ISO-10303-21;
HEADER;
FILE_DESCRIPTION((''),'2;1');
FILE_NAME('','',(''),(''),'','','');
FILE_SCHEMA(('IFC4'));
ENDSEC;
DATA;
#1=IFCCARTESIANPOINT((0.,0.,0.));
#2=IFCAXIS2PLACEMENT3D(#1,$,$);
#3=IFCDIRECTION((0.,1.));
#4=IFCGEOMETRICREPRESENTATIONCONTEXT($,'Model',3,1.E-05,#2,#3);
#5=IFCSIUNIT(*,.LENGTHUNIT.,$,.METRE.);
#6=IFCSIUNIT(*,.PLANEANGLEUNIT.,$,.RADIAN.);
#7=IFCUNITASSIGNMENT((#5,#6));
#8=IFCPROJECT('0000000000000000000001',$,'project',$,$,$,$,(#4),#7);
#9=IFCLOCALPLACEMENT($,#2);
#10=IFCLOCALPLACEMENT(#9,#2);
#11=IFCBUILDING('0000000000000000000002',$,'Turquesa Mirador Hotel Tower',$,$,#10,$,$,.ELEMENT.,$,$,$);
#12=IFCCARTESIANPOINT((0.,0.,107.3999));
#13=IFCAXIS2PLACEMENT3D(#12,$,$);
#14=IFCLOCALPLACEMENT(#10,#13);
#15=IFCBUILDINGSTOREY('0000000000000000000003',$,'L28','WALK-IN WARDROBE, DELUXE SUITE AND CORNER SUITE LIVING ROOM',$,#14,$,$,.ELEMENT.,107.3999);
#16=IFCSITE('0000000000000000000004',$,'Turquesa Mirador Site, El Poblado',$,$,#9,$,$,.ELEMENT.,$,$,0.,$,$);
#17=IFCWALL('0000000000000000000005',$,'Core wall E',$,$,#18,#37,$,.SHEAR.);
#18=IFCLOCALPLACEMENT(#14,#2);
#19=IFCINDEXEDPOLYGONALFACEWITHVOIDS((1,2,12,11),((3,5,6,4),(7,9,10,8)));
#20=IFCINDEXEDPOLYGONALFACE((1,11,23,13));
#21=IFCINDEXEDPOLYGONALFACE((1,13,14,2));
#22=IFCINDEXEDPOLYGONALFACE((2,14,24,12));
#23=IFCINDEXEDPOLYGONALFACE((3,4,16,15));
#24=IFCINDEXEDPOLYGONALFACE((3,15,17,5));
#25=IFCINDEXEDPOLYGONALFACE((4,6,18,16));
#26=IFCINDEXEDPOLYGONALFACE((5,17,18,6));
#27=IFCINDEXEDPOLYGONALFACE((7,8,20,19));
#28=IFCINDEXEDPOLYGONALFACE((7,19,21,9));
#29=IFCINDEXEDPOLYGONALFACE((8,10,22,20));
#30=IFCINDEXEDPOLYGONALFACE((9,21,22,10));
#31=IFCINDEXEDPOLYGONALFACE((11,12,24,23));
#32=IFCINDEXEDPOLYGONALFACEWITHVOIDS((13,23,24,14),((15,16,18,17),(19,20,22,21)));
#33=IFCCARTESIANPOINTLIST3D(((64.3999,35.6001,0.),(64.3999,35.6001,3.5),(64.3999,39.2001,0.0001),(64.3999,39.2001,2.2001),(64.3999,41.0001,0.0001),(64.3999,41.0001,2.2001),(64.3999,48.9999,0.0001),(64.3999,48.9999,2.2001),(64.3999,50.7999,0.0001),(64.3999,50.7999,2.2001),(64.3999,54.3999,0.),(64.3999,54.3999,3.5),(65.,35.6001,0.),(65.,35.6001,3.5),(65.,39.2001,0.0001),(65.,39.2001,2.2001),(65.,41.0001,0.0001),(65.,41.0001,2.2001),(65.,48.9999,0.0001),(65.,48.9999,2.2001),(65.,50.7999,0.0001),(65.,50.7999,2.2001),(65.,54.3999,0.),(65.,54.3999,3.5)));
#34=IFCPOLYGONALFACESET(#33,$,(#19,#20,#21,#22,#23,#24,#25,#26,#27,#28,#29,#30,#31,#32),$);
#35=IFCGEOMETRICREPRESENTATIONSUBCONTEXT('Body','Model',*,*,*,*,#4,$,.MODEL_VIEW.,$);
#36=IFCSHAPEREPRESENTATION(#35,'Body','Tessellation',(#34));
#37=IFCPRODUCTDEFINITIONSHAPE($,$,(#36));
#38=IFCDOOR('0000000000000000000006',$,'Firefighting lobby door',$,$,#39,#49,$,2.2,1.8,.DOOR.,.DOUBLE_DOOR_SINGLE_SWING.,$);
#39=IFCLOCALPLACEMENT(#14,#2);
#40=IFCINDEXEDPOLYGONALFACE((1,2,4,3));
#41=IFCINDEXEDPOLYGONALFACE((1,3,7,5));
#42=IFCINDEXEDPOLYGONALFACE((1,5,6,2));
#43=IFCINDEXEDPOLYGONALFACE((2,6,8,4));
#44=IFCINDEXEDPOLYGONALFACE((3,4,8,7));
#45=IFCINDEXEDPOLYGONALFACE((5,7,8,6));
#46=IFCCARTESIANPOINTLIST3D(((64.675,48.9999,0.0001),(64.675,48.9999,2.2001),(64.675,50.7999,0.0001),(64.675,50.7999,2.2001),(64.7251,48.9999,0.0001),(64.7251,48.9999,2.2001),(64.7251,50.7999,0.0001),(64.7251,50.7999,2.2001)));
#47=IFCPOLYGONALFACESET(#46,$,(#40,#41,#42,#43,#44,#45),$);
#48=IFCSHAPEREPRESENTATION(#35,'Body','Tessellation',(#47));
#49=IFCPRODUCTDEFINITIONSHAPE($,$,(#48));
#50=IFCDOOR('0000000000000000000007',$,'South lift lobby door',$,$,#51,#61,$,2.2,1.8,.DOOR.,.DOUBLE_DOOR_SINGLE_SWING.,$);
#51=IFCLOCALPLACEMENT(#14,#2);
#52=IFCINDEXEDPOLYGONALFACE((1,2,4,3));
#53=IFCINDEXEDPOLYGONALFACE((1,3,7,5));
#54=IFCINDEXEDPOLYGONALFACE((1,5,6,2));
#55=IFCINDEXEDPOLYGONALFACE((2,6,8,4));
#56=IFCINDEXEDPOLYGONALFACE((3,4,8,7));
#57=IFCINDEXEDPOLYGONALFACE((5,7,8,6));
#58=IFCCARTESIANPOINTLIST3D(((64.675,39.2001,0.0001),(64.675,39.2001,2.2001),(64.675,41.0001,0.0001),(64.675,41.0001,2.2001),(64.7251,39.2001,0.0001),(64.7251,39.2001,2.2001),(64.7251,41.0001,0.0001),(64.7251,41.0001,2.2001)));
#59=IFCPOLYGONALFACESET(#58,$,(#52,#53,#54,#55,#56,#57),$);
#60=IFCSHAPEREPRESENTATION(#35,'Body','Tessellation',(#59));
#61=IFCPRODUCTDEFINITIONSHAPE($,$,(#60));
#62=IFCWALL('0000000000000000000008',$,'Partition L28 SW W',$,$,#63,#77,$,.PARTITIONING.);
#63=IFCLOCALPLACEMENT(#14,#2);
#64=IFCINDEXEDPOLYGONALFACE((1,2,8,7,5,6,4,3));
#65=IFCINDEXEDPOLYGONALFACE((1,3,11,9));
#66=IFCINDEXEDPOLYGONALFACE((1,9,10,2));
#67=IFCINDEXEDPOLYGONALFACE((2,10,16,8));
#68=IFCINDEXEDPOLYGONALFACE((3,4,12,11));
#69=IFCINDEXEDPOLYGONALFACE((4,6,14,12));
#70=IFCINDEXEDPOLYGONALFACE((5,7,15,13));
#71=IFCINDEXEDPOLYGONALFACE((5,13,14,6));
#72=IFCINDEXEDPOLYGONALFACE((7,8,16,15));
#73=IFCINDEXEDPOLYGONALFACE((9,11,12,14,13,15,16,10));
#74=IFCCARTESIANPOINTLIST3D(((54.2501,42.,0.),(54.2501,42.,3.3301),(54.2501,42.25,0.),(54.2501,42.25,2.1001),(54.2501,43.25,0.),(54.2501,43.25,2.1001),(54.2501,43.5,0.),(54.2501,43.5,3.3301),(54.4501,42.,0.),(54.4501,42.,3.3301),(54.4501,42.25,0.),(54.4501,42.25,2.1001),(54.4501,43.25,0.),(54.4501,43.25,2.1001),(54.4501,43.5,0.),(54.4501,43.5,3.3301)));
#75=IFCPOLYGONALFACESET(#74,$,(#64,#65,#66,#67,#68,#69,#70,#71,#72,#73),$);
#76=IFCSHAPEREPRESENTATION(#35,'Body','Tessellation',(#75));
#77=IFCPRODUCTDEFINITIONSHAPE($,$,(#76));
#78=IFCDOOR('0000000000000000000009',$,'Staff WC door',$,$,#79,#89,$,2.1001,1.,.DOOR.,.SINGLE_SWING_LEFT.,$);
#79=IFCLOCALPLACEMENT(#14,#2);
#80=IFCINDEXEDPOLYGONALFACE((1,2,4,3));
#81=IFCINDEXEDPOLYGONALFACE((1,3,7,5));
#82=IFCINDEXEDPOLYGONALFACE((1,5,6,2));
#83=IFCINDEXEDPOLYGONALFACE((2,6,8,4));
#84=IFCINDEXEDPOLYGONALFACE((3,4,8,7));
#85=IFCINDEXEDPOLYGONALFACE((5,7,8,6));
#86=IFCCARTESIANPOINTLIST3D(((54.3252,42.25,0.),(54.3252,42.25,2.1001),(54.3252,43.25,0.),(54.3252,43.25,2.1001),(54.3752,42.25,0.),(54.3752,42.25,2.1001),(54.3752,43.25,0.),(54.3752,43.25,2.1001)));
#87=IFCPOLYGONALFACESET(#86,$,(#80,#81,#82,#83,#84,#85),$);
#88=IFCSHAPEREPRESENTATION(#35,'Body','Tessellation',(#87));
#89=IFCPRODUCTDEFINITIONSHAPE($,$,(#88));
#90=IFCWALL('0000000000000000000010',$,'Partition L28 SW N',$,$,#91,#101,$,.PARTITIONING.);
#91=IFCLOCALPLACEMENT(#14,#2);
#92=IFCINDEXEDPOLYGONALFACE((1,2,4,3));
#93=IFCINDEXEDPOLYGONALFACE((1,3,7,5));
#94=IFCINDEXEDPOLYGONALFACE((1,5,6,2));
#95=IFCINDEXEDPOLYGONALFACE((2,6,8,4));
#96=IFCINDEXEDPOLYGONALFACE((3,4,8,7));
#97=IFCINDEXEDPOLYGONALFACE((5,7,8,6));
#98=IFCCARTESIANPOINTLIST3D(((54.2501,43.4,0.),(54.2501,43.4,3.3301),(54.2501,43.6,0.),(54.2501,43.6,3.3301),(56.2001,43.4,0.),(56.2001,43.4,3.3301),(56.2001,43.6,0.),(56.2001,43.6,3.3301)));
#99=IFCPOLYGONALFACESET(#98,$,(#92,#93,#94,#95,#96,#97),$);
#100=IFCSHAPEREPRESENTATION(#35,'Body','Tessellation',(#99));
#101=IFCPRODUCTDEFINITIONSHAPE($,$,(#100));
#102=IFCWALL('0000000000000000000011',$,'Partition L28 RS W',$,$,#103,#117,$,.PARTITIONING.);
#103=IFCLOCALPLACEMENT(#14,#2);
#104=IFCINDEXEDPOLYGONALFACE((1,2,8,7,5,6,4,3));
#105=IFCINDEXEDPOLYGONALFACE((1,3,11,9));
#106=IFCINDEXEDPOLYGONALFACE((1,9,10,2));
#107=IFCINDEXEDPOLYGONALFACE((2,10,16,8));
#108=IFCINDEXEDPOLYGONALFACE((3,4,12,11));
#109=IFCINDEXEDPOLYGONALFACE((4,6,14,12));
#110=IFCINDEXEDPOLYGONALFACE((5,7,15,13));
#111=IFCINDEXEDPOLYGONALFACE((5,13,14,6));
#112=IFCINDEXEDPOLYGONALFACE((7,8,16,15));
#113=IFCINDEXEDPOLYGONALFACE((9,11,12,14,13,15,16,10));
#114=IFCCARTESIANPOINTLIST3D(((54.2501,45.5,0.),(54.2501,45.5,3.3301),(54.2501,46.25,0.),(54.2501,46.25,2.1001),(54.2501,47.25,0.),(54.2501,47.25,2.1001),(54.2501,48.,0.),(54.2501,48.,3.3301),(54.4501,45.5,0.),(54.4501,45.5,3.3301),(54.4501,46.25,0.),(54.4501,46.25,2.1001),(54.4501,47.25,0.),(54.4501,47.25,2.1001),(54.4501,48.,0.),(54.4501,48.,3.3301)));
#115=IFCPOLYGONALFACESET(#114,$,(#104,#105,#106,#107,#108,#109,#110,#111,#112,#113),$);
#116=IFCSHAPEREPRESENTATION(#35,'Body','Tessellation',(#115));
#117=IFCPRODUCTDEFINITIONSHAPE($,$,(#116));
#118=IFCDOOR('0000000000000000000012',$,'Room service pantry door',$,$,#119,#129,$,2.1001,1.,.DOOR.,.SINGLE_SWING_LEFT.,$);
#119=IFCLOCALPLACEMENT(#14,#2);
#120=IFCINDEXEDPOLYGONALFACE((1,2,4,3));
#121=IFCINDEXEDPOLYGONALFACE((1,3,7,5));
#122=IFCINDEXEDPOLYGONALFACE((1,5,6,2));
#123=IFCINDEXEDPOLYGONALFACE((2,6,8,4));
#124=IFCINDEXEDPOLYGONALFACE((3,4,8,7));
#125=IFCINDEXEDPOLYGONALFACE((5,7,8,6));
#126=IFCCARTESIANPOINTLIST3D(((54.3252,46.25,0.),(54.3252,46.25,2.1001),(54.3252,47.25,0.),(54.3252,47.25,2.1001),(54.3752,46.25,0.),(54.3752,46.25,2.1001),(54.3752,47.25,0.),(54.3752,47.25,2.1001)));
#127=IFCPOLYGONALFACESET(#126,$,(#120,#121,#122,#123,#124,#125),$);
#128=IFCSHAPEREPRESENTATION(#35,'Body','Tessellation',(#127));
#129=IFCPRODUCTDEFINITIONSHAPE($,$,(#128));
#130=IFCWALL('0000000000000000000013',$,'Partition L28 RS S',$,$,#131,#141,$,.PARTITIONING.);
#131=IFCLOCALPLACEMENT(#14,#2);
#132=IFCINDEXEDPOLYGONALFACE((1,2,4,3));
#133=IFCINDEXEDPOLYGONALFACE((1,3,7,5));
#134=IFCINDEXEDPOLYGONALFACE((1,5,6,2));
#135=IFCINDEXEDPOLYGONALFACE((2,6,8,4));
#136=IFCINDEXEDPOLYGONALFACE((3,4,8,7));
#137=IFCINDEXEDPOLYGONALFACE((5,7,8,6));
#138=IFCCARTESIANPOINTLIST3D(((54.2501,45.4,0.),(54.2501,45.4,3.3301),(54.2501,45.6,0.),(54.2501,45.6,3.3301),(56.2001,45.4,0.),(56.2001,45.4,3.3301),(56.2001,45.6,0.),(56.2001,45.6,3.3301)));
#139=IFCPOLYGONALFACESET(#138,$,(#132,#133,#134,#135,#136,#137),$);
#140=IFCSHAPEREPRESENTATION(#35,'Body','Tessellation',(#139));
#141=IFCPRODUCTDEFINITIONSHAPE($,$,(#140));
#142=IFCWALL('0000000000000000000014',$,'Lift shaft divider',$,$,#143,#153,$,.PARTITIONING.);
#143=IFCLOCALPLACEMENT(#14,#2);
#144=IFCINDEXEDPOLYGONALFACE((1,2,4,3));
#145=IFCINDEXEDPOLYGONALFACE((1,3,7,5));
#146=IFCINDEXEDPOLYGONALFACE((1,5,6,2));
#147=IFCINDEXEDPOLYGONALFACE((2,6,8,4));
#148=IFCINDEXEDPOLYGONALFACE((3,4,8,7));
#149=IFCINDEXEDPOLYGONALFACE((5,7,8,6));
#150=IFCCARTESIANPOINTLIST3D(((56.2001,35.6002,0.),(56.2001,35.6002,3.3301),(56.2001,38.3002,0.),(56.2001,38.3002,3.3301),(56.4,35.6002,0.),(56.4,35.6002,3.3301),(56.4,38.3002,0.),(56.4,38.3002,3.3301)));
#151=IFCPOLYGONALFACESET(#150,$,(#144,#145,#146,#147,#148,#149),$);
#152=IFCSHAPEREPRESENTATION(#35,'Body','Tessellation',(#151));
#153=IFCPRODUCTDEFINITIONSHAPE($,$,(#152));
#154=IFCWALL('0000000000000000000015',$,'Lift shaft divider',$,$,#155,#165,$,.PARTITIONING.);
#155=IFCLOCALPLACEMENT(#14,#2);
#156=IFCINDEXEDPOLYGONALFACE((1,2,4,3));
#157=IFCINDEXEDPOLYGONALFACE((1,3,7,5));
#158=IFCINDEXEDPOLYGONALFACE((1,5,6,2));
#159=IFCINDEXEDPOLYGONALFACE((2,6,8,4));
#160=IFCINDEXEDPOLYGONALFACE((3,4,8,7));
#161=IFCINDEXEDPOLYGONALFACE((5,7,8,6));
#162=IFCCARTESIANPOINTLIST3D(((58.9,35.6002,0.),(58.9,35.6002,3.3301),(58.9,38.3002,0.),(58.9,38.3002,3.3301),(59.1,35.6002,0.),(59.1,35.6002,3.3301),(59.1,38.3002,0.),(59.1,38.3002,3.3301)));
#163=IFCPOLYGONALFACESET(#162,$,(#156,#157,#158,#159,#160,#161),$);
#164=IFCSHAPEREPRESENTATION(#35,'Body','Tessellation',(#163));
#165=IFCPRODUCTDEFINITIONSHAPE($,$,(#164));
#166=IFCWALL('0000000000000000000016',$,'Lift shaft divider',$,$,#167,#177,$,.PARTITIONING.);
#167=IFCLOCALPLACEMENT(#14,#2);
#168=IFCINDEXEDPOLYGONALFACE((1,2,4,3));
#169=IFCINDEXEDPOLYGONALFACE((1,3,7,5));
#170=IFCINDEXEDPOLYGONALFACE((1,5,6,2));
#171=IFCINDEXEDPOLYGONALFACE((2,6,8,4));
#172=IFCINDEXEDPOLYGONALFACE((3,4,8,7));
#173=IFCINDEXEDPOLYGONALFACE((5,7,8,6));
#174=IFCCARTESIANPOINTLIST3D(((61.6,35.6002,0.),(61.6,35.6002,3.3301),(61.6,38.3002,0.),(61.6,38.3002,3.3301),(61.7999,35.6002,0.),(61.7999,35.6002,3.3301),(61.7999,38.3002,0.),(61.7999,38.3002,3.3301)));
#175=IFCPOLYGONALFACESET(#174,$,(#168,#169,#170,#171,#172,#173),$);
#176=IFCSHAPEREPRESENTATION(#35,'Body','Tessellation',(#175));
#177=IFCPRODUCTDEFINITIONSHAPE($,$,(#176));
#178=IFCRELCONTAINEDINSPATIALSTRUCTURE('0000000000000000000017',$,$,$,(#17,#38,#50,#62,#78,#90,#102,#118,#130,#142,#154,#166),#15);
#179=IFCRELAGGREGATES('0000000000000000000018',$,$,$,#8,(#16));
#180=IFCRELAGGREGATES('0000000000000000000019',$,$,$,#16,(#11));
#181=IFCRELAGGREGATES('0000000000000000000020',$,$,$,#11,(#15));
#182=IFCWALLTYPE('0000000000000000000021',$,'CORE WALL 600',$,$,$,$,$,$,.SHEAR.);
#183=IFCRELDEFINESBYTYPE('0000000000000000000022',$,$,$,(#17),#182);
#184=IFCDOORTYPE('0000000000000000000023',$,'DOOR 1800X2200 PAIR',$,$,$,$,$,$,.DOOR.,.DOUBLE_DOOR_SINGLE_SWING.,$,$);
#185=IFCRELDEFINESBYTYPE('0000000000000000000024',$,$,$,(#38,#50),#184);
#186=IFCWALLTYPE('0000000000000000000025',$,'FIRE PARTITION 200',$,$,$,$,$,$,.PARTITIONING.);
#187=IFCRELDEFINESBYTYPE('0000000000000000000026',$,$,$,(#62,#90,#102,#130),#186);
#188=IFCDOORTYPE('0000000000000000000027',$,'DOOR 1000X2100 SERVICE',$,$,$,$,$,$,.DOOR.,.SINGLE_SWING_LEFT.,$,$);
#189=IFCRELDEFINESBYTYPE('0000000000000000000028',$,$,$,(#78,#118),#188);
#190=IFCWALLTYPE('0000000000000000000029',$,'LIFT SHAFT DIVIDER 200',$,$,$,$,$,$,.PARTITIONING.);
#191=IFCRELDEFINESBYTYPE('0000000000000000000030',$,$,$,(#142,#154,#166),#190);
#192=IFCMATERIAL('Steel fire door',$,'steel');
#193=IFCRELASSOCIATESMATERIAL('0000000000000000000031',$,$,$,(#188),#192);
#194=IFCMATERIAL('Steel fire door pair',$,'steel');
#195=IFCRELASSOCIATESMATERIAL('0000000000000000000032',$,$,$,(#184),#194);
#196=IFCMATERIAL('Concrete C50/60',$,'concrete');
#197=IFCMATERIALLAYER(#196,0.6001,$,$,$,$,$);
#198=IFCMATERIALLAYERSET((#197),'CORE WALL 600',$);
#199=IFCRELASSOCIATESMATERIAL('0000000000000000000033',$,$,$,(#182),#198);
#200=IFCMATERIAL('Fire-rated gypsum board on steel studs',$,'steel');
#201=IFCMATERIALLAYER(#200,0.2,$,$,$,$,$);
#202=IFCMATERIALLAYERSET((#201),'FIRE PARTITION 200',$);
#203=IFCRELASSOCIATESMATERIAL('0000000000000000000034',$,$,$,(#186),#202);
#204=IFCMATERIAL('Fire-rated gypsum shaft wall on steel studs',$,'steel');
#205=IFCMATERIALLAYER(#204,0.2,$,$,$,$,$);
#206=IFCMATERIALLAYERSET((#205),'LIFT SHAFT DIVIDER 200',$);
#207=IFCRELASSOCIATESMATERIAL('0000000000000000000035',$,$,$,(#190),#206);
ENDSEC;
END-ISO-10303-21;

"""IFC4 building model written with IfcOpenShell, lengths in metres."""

from ifc_helpers import new_model, si_unit, direction, frame, frame_2d, origin, place, context, subcontext, project, spatial, rectangle, extrude, material, layer, layer_set, type_object, element, fill, save


model = new_model("IFC4")

# Units and contexts
model_context = context("Model", 3, precision=1e-05, world=origin(), true_north=direction((0.0, 1.0)))
body_context = subcontext(model_context, "Body", "Model", "MODEL_VIEW")
ifc_project = project(units=[si_unit("LENGTHUNIT", "METRE"), si_unit("PLANEANGLEUNIT", "RADIAN")], contexts=[model_context])

# Site, building, storey
site_placement = place(None, origin())
site = spatial("IfcSite", under=ifc_project, at=site_placement, Name="Turquesa Mirador Site, El Poblado", CompositionType="ELEMENT", RefElevation=0.0)
building_placement = place(site_placement, origin())
building = spatial("IfcBuilding", under=site, at=building_placement, Name="Turquesa Mirador Hotel Tower", CompositionType="ELEMENT")
storey_placement = place(building_placement, frame((0.0, 0.0, 107.3999)))
storey = spatial("IfcBuildingStorey", under=building, at=storey_placement, Name="L28", Description="WALK-IN WARDROBE, DELUXE SUITE AND CORNER SUITE LIVING ROOM", CompositionType="ELEMENT", Elevation=107.3999)

# Shared definitions
ifc_material_1 = material(Name="Steel fire door", Category="steel")
door_type_1 = type_object("IfcDoorType", Name="DOOR 1000X2100 SERVICE", OperationType="SINGLE_SWING_LEFT", PredefinedType="DOOR", material=ifc_material_1)
ifc_material_2 = material(Name="Steel fire door pair", Category="steel")
door_type_2 = type_object("IfcDoorType", Name="DOOR 1800X2200 PAIR", OperationType="DOUBLE_DOOR_SINGLE_SWING", PredefinedType="DOOR", material=ifc_material_2)

# Wall, openings, doors
ifc_material_3 = material(Name="Concrete C50/60", Category="concrete")
ifc_layer_1 = layer(ifc_material_3, 0.6001)
ifc_layer_set_1 = layer_set([ifc_layer_1], Name="CORE WALL 600")
wall_type_1 = type_object("IfcWallType", Name="CORE WALL 600", PredefinedType="SHEAR", material=ifc_layer_set_1)
wall_1_placement = place(storey_placement, frame((64.7, 35.6001, 0.0), z_axis=(0.0, 0.0, 1.0), x_axis=(0.0, 1.0, 0.0)))
wall_1 = element("IfcWall", 1, at=wall_1_placement, inside=storey, type_object=wall_type_1, Name="Core wall E", PredefinedType="SHEAR", context=body_context, shape_type="SweptSolid", body=[
    extrude(rectangle(XDim=18.7998, YDim=0.6001, at=frame_2d((9.3999, 0.0))), origin(), (0.0, 0.0, 1.0), 3.5),
])
opening_1_placement = place(wall_1_placement, frame((13.3999, 0.0, 0.0)))
opening_1 = element("IfcOpeningElement", 2, at=opening_1_placement, cuts=wall_1, PredefinedType="OPENING", context=body_context, shape_type="SweptSolid", body=[
    extrude(rectangle(XDim=1.8, YDim=2.2, at=frame_2d((0.8999, 1.1001))), frame((0.0, 0.3101, 0.0), z_axis=(0.0, -1.0, 0.0), x_axis=(1.0, 0.0, 0.0)), (0.0, 0.0, 1.0), 0.6201),
])
opening_2_placement = place(wall_1_placement, frame((3.6001, 0.0, 0.0)))
opening_2 = element("IfcOpeningElement", 3, at=opening_2_placement, cuts=wall_1, PredefinedType="OPENING", context=body_context, shape_type="SweptSolid", body=[
    extrude(rectangle(XDim=1.8, YDim=2.2, at=frame_2d((0.8999, 1.1001))), frame((0.0, 0.3101, 0.0), z_axis=(0.0, -1.0, 0.0), x_axis=(1.0, 0.0, 0.0)), (0.0, 0.0, 1.0), 0.6201),
])
door_1_placement = place(opening_1_placement, origin())
door_1 = element("IfcDoor", 4, at=door_1_placement, inside=storey, type_object=door_type_2, Name="Firefighting lobby door", OperationType="DOUBLE_DOOR_SINGLE_SWING", OverallHeight=2.2, OverallWidth=1.8, PredefinedType="DOOR", context=body_context, shape_type="SweptSolid", body=[
    extrude(rectangle(XDim=1.8, YDim=2.2, at=frame_2d((0.8999, 1.1001))), frame((0.0, 0.0249, 0.0), z_axis=(0.0, -1.0, 0.0), x_axis=(1.0, 0.0, 0.0)), (0.0, 0.0, 1.0), 0.05),
])
fill(opening_1, door_1)
door_2_placement = place(opening_2_placement, origin())
door_2 = element("IfcDoor", 5, at=door_2_placement, inside=storey, type_object=door_type_2, Name="South lift lobby door", OperationType="DOUBLE_DOOR_SINGLE_SWING", OverallHeight=2.2, OverallWidth=1.8, PredefinedType="DOOR", context=body_context, shape_type="SweptSolid", body=[
    extrude(rectangle(XDim=1.8, YDim=2.2, at=frame_2d((0.8999, 1.1001))), frame((0.0, 0.0249, 0.0), z_axis=(0.0, -1.0, 0.0), x_axis=(1.0, 0.0, 0.0)), (0.0, 0.0, 1.0), 0.05),
])
fill(opening_2, door_2)

# Wall, opening, door
ifc_material_4 = material(Name="Fire-rated gypsum board on steel studs", Category="steel")
ifc_layer_2 = layer(ifc_material_4, 0.2)
ifc_layer_set_2 = layer_set([ifc_layer_2], Name="FIRE PARTITION 200")
wall_type_2 = type_object("IfcWallType", Name="FIRE PARTITION 200", PredefinedType="PARTITIONING", material=ifc_layer_set_2)
wall_2_placement = place(storey_placement, frame((54.3501, 42.0, 0.0), z_axis=(0.0, 0.0, 1.0), x_axis=(0.0, 1.0, 0.0)))
wall_2 = element("IfcWall", 6, at=wall_2_placement, inside=storey, type_object=wall_type_2, Name="Partition L28 SW W", PredefinedType="PARTITIONING", context=body_context, shape_type="SweptSolid", body=[
    extrude(rectangle(XDim=1.5, YDim=0.2, at=frame_2d((0.75, 0.0))), origin(), (0.0, 0.0, 1.0), 3.3301),
])
opening_3_placement = place(wall_2_placement, frame((0.25, 0.0, 0.0)))
opening_3 = element("IfcOpeningElement", 7, at=opening_3_placement, cuts=wall_2, PredefinedType="OPENING", context=body_context, shape_type="SweptSolid", body=[
    extrude(rectangle(XDim=1.0, YDim=2.1001, at=frame_2d((0.5, 1.05))), frame((0.0, 0.1099, 0.0), z_axis=(0.0, -1.0, 0.0), x_axis=(1.0, 0.0, 0.0)), (0.0, 0.0, 1.0), 0.22),
])
door_3_placement = place(opening_3_placement, origin())
door_3 = element("IfcDoor", 8, at=door_3_placement, inside=storey, type_object=door_type_1, Name="Staff WC door", OperationType="SINGLE_SWING_LEFT", OverallHeight=2.1001, OverallWidth=1.0, PredefinedType="DOOR", context=body_context, shape_type="SweptSolid", body=[
    extrude(rectangle(XDim=1.0, YDim=2.1001, at=frame_2d((0.5, 1.05))), frame((0.0, 0.0249, 0.0), z_axis=(0.0, -1.0, 0.0), x_axis=(1.0, 0.0, 0.0)), (0.0, 0.0, 1.0), 0.05),
])
fill(opening_3, door_3)

# Wall
wall_3_placement = place(storey_placement, frame((54.25, 43.5, 0.0), z_axis=(0.0, 0.0, 1.0), x_axis=(1.0, 0.0, 0.0)))
element("IfcWall", 9, at=wall_3_placement, inside=storey, type_object=wall_type_2, Name="Partition L28 SW N", PredefinedType="PARTITIONING", context=body_context, shape_type="SweptSolid", body=[
    extrude(rectangle(XDim=1.95, YDim=0.2, at=frame_2d((0.9751, 0.0))), origin(), (0.0, 0.0, 1.0), 3.3301),
])

# Wall, opening, door
wall_4_placement = place(storey_placement, frame((54.3501, 45.5, 0.0), z_axis=(0.0, 0.0, 1.0), x_axis=(0.0, 1.0, 0.0)))
wall_4 = element("IfcWall", 10, at=wall_4_placement, inside=storey, type_object=wall_type_2, Name="Partition L28 RS W", PredefinedType="PARTITIONING", context=body_context, shape_type="SweptSolid", body=[
    extrude(rectangle(XDim=2.5, YDim=0.2, at=frame_2d((1.25, 0.0))), origin(), (0.0, 0.0, 1.0), 3.3301),
])
opening_4_placement = place(wall_4_placement, frame((0.75, 0.0, 0.0)))
opening_4 = element("IfcOpeningElement", 11, at=opening_4_placement, cuts=wall_4, PredefinedType="OPENING", context=body_context, shape_type="SweptSolid", body=[
    extrude(rectangle(XDim=1.0, YDim=2.1001, at=frame_2d((0.5, 1.05))), frame((0.0, 0.1099, 0.0), z_axis=(0.0, -1.0, 0.0), x_axis=(1.0, 0.0, 0.0)), (0.0, 0.0, 1.0), 0.22),
])
door_4_placement = place(opening_4_placement, origin())
door_4 = element("IfcDoor", 12, at=door_4_placement, inside=storey, type_object=door_type_1, Name="Room service pantry door", OperationType="SINGLE_SWING_LEFT", OverallHeight=2.1001, OverallWidth=1.0, PredefinedType="DOOR", context=body_context, shape_type="SweptSolid", body=[
    extrude(rectangle(XDim=1.0, YDim=2.1001, at=frame_2d((0.5, 1.05))), frame((0.0, 0.0249, 0.0), z_axis=(0.0, -1.0, 0.0), x_axis=(1.0, 0.0, 0.0)), (0.0, 0.0, 1.0), 0.05),
])
fill(opening_4, door_4)

# Walls
wall_5_placement = place(storey_placement, frame((54.25, 45.5, 0.0), z_axis=(0.0, 0.0, 1.0), x_axis=(1.0, 0.0, 0.0)))
element("IfcWall", 13, at=wall_5_placement, inside=storey, type_object=wall_type_2, Name="Partition L28 RS S", PredefinedType="PARTITIONING", context=body_context, shape_type="SweptSolid", body=[
    extrude(rectangle(XDim=1.95, YDim=0.2, at=frame_2d((0.9751, 0.0))), origin(), (0.0, 0.0, 1.0), 3.3301),
])
ifc_material_5 = material(Name="Fire-rated gypsum shaft wall on steel studs", Category="steel")
ifc_layer_3 = layer(ifc_material_5, 0.2)
ifc_layer_set_3 = layer_set([ifc_layer_3], Name="LIFT SHAFT DIVIDER 200")
wall_type_3 = type_object("IfcWallType", Name="LIFT SHAFT DIVIDER 200", PredefinedType="PARTITIONING", material=ifc_layer_set_3)
for number, where, z_axis, x_axis, name in (
    (14, (56.3, 35.6001, 0.0), (0.0, 0.0, 1.0), (0.0, 1.0, 0.0), "Lift shaft divider"),
    (15, (59.0, 35.6001, 0.0), (0.0, 0.0, 1.0), (0.0, 1.0, 0.0), "Lift shaft divider"),
    (16, (61.7, 35.6001, 0.0), (0.0, 0.0, 1.0), (0.0, 1.0, 0.0), "Lift shaft divider"),
):
    element("IfcWall", number, at=place(storey_placement, frame(where, z_axis=z_axis, x_axis=x_axis)), inside=storey, type_object=wall_type_3, Name=name, PredefinedType="PARTITIONING", context=body_context, shape_type="SweptSolid", body=[
        extrude(rectangle(XDim=2.7, YDim=0.2, at=frame_2d((1.3501, 0.0))), origin(), (0.0, 0.0, 1.0), 3.3301),
    ])

save(model, "model.ifc")
